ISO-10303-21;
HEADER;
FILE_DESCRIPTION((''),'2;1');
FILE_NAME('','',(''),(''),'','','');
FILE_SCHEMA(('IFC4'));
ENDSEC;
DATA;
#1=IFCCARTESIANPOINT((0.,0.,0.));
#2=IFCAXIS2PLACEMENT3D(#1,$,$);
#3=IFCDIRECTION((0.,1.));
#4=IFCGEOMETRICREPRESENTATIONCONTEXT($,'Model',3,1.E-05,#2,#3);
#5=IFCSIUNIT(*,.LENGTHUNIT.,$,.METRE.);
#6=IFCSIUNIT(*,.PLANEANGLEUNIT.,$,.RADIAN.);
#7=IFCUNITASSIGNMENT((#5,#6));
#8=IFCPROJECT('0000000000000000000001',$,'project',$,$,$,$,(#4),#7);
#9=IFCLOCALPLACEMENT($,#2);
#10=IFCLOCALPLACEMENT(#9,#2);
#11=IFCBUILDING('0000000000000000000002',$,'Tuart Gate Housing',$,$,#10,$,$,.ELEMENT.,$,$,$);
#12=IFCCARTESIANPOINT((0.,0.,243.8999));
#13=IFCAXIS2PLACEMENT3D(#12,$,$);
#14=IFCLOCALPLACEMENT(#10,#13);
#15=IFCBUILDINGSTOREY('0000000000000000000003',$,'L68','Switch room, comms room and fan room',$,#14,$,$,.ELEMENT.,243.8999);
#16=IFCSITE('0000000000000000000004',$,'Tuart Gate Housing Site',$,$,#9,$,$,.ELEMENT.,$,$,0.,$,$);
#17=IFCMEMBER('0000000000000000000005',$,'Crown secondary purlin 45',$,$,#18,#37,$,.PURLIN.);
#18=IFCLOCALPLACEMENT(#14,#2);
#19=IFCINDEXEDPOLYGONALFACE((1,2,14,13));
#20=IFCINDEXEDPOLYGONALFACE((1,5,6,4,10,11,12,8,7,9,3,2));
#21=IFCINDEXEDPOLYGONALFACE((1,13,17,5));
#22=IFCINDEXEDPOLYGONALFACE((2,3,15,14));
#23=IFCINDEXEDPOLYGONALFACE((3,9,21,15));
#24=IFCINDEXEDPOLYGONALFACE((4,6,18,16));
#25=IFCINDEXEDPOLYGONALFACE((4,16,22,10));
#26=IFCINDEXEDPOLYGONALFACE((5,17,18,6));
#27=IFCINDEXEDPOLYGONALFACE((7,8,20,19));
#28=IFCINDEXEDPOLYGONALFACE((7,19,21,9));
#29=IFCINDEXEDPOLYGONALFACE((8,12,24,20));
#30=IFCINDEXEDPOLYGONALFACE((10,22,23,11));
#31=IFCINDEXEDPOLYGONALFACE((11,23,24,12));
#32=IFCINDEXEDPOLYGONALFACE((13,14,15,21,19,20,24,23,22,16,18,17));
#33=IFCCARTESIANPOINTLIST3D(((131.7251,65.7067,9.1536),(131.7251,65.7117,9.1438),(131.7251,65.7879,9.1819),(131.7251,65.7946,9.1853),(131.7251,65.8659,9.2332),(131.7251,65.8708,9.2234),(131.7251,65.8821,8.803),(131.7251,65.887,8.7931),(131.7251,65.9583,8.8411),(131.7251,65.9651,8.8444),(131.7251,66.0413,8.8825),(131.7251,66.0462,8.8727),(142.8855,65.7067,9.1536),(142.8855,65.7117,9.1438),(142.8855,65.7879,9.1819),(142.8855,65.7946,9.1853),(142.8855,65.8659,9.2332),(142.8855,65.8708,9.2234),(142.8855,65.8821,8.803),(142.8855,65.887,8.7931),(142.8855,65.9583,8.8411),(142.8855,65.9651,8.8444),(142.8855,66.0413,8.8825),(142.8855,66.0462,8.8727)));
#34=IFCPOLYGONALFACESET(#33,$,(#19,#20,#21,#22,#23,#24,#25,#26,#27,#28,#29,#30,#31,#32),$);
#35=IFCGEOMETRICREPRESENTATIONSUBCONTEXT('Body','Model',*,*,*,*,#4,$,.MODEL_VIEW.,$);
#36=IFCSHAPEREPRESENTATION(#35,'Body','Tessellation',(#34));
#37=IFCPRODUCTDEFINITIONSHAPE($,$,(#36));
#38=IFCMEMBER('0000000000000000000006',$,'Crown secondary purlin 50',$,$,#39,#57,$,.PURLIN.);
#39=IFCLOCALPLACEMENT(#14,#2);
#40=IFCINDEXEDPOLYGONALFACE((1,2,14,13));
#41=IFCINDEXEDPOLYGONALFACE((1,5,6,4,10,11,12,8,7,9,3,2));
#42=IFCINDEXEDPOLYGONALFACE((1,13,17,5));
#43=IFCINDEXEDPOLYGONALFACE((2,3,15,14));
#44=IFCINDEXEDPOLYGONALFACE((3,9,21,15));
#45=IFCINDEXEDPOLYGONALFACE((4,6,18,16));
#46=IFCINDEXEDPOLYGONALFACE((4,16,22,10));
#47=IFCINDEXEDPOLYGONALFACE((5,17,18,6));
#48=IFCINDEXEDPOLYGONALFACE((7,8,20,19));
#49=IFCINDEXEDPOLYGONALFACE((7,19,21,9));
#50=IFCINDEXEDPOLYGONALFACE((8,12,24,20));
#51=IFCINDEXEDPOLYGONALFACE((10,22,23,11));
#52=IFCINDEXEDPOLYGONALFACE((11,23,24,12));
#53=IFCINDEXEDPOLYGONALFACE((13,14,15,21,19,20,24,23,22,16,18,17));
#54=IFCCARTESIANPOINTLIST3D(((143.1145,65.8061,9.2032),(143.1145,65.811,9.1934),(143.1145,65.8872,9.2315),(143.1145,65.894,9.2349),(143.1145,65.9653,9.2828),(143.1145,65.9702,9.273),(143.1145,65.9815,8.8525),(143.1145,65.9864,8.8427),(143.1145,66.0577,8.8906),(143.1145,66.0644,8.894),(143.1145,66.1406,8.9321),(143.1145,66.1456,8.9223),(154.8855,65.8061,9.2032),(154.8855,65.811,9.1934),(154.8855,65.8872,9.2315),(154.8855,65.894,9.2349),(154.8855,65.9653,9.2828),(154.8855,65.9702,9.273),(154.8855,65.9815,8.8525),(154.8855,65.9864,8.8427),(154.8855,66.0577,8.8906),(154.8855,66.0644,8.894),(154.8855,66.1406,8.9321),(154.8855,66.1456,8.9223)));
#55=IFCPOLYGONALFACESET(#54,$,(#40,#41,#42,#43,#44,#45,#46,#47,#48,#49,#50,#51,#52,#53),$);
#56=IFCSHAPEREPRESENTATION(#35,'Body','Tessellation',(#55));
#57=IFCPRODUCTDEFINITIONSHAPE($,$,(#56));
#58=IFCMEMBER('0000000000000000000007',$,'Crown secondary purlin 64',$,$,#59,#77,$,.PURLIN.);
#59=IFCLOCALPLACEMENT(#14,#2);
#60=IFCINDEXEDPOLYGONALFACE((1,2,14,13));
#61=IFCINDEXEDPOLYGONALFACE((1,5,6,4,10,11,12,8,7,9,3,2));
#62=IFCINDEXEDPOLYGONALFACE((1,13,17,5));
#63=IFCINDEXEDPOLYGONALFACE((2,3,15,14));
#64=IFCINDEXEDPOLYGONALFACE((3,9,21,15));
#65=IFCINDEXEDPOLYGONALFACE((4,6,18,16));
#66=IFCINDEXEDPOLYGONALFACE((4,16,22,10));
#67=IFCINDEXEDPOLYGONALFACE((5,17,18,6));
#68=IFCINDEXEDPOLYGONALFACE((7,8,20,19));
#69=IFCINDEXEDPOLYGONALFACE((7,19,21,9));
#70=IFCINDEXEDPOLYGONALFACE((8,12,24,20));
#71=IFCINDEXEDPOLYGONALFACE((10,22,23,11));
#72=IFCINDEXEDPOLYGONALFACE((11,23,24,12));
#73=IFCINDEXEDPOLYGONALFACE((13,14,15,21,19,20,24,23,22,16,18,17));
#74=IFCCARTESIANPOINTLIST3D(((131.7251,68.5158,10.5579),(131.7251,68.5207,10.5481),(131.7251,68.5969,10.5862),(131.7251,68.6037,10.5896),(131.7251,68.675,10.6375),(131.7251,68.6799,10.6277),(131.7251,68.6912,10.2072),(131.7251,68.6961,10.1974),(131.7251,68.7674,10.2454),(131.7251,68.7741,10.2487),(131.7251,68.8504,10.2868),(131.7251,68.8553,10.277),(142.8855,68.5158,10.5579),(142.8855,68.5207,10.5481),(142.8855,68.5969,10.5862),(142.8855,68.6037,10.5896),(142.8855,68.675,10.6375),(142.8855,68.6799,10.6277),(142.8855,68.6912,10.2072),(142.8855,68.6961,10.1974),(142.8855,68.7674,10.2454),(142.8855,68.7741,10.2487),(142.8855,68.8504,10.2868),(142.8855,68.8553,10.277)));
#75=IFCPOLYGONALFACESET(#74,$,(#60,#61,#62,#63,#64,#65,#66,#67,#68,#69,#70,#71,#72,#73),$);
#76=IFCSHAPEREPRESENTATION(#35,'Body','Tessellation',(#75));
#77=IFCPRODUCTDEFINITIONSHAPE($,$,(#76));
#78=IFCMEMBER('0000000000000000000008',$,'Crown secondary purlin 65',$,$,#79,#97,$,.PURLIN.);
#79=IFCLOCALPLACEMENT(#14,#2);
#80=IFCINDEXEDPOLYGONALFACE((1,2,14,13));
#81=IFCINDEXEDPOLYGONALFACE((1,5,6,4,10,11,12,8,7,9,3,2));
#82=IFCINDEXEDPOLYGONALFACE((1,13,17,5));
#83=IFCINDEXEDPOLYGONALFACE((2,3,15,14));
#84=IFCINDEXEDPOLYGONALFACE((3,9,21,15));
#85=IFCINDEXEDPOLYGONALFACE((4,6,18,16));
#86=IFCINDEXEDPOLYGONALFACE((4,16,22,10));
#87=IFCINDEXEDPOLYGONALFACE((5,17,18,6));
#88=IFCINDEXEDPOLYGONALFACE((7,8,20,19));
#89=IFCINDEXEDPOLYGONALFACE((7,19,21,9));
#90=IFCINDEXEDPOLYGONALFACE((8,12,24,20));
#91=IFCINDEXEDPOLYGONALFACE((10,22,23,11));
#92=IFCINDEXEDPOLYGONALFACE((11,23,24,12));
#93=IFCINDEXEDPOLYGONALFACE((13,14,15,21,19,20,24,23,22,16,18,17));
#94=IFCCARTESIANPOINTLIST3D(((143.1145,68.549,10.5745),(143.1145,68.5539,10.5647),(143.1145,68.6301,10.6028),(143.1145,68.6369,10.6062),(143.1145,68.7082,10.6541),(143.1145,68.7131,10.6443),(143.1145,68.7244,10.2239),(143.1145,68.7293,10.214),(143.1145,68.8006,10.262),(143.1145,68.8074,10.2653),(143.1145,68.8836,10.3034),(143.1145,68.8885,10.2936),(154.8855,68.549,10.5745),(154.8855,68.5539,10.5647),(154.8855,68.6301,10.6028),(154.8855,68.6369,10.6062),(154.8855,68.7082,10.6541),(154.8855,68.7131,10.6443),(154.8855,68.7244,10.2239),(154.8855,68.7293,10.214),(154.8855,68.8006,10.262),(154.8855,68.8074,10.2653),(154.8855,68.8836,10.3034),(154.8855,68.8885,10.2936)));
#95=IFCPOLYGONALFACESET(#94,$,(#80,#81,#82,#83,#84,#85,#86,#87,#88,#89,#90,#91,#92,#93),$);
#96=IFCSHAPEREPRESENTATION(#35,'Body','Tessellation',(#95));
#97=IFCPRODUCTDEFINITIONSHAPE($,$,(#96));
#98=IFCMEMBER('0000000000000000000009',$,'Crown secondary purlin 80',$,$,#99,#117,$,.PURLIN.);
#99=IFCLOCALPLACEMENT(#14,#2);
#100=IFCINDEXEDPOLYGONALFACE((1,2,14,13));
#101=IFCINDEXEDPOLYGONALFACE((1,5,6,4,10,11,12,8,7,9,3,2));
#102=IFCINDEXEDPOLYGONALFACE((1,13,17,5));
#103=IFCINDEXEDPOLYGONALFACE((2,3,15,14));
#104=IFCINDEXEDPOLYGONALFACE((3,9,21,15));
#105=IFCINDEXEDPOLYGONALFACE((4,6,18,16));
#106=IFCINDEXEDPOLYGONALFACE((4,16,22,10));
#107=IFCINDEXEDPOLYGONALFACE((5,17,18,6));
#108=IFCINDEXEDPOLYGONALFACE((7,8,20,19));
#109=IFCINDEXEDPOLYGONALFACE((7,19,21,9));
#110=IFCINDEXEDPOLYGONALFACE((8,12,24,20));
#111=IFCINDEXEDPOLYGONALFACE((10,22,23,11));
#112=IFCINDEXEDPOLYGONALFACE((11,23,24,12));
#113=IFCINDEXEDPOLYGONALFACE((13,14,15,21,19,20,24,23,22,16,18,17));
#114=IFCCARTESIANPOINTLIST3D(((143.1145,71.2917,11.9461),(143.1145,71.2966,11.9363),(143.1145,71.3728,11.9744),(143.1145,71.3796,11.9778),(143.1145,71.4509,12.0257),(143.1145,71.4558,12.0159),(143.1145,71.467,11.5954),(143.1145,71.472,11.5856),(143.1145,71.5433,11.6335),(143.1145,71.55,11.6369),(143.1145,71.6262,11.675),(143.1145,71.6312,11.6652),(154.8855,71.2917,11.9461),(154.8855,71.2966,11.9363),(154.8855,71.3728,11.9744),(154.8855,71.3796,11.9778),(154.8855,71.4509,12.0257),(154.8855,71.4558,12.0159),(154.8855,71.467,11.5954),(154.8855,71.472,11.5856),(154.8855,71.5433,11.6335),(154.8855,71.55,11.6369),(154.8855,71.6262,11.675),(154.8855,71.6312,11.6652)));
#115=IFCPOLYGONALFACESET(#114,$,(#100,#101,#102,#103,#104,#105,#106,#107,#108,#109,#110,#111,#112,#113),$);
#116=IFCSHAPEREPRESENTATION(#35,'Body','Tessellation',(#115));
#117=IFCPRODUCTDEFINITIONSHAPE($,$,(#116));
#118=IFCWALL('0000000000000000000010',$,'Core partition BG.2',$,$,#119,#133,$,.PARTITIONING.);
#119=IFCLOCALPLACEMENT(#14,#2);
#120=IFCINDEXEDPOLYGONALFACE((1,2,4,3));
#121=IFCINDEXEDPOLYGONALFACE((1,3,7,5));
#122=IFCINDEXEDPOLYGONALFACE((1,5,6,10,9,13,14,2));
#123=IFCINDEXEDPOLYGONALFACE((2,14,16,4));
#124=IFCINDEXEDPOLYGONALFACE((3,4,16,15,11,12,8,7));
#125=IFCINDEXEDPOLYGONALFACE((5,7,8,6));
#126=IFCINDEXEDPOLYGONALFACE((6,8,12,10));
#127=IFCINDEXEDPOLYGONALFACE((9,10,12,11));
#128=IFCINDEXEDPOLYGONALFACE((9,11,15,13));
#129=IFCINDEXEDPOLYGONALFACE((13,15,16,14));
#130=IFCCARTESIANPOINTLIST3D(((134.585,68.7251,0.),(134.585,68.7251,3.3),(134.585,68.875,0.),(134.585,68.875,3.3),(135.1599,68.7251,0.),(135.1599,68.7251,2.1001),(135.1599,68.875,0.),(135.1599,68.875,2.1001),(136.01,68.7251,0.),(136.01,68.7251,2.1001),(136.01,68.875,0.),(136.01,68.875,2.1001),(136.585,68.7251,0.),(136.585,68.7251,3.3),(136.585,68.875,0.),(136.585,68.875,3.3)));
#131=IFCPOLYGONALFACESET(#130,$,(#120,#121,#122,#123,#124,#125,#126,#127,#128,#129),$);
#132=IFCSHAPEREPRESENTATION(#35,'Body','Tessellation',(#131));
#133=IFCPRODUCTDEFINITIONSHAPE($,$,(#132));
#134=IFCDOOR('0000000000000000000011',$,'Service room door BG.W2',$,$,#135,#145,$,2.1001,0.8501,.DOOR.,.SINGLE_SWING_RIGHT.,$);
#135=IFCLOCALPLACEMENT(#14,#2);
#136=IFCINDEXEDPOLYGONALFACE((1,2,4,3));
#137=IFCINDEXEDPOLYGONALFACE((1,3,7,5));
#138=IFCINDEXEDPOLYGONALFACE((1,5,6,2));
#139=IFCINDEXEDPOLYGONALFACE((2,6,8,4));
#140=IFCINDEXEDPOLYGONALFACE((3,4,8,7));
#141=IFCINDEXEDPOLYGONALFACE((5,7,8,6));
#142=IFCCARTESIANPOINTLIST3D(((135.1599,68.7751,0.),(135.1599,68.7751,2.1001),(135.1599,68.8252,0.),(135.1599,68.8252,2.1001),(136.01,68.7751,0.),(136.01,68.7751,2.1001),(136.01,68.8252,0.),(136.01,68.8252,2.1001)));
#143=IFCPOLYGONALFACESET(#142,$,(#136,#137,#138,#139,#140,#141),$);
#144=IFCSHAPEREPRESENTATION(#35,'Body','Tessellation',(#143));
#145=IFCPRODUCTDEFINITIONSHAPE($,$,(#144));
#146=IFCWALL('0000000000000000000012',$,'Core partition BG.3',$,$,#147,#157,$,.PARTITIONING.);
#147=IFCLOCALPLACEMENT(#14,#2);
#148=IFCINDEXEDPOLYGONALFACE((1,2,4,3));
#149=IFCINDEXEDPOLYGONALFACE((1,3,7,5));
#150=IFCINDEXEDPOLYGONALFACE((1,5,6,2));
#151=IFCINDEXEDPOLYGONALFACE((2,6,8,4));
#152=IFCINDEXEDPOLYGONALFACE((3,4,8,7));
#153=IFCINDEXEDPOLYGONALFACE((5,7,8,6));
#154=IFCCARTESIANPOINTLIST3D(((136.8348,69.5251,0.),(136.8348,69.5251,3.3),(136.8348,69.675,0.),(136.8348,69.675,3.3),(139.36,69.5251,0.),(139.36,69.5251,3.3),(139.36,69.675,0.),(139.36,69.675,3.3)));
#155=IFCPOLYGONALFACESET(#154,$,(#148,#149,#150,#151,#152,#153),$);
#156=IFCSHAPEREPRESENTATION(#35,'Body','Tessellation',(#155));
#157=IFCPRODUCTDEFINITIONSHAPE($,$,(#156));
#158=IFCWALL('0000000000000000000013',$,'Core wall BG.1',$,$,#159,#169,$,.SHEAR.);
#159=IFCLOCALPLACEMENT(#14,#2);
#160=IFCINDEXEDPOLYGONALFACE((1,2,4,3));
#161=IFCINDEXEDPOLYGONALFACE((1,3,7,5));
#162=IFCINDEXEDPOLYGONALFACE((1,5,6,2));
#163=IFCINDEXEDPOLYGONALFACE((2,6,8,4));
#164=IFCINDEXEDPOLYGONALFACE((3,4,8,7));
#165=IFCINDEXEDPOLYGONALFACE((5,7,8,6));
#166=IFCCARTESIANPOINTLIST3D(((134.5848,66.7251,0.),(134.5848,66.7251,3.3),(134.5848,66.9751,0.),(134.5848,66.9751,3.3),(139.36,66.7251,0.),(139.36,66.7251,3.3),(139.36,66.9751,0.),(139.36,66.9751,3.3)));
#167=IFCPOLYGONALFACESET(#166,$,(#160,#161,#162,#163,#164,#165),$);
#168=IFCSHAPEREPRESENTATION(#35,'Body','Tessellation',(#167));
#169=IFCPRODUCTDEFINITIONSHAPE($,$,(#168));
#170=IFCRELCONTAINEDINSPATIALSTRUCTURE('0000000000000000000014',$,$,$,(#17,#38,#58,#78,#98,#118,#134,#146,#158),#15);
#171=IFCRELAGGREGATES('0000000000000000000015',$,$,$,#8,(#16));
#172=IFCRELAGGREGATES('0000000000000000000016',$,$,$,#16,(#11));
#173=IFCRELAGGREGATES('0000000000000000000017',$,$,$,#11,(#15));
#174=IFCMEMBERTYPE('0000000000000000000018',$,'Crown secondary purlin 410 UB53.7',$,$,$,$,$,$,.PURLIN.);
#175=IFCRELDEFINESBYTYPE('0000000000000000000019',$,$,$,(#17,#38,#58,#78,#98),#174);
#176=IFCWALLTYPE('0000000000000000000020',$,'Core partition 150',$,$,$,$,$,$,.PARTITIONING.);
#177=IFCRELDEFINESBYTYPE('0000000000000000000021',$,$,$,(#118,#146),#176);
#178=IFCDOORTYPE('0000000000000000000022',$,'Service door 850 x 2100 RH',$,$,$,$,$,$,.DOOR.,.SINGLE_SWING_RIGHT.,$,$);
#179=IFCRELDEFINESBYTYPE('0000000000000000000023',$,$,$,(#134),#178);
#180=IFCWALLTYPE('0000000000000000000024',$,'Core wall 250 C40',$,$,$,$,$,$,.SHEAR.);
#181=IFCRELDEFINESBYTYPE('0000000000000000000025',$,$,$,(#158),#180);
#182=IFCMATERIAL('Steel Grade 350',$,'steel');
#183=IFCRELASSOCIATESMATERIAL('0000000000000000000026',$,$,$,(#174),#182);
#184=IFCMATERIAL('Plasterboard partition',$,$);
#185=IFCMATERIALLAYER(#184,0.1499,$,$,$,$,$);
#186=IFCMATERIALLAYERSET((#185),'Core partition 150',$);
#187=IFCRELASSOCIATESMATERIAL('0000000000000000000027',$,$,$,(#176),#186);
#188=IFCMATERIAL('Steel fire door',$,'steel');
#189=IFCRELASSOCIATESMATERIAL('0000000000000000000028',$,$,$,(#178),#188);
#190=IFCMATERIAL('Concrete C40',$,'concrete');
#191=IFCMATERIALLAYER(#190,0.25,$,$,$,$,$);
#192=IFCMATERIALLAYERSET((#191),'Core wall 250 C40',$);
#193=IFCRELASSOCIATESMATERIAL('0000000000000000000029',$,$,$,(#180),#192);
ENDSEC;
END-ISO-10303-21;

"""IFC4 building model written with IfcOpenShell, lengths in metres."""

from ifc_helpers import new_model, si_unit, direction, frame, frame_2d, origin, origin_2d, place, context, subcontext, project, spatial, rectangle, i_section, extrude, material, layer, layer_set, material_profile, profile_set, type_object, element, fill, save


model = new_model("IFC4")

# Units and contexts
model_context = context("Model", 3, precision=1e-05, world=origin(), true_north=direction((0.0, 1.0)))
body_context = subcontext(model_context, "Body", "Model", "MODEL_VIEW")
ifc_project = project(units=[si_unit("LENGTHUNIT", "METRE"), si_unit("PLANEANGLEUNIT", "RADIAN")], contexts=[model_context])

# Site, building, storey
site_placement = place(None, origin())
site = spatial("IfcSite", under=ifc_project, at=site_placement, Name="Tuart Gate Housing Site", CompositionType="ELEMENT", RefElevation=0.0)
building_placement = place(site_placement, origin())
building = spatial("IfcBuilding", under=site, at=building_placement, Name="Tuart Gate Housing", CompositionType="ELEMENT")
storey_placement = place(building_placement, frame((0.0, 0.0, 243.8999)))
storey = spatial("IfcBuildingStorey", under=building, at=storey_placement, Name="L68", Description="Switch room, comms room and fan room", CompositionType="ELEMENT", Elevation=243.8999)

# Members
ifc_material_1 = material(Name="Steel Grade 350", Category="steel")
ifc_material_profile = material_profile(ifc_material_1, i_section(OverallWidth=0.178, OverallDepth=0.4031, WebThickness=0.0076, FlangeThickness=0.011, at=origin_2d()), Name="410UB53.7")
ifc_profile_set = profile_set([ifc_material_profile], Name="Steel Grade 350")
member_type = type_object("IfcMemberType", Name="Crown secondary purlin 410 UB53.7", PredefinedType="PURLIN", material=ifc_profile_set)
member_1_placement = place(storey_placement, frame((131.7251, 65.8765, 9.0132), z_axis=(1.0, 0.0, 0.0), x_axis=(0.0, 0.894427, 0.447214)))
element("IfcMember", 1, at=member_1_placement, inside=storey, type_object=member_type, Name="Crown secondary purlin 45", PredefinedType="PURLIN", context=body_context, shape_type="SweptSolid", body=[
    extrude(i_section(OverallWidth=0.178, OverallDepth=0.4031, WebThickness=0.0076, FlangeThickness=0.011, at=origin_2d()), origin(), (0.0, 0.0, 1.0), 11.1604),
])
member_2_placement = place(storey_placement, frame((143.1145, 65.9758, 9.0627), z_axis=(1.0, 0.0, 0.0), x_axis=(0.0, 0.894427, 0.447214)))
element("IfcMember", 2, at=member_2_placement, inside=storey, type_object=member_type, Name="Crown secondary purlin 50", PredefinedType="PURLIN", context=body_context, shape_type="SweptSolid", body=[
    extrude(i_section(OverallWidth=0.178, OverallDepth=0.4031, WebThickness=0.0076, FlangeThickness=0.011, at=origin_2d()), origin(), (0.0, 0.0, 1.0), 11.771),
])
member_3_placement = place(storey_placement, frame((131.7251, 68.6855, 10.4175), z_axis=(1.0, 0.0, 0.0), x_axis=(0.0, 0.894427, 0.447214)))
element("IfcMember", 3, at=member_3_placement, inside=storey, type_object=member_type, Name="Crown secondary purlin 64", PredefinedType="PURLIN", context=body_context, shape_type="SweptSolid", body=[
    extrude(i_section(OverallWidth=0.178, OverallDepth=0.4031, WebThickness=0.0076, FlangeThickness=0.011, at=origin_2d()), origin(), (0.0, 0.0, 1.0), 11.1604),
])
for number, where, z_axis, x_axis, name in (
    (4, (143.1145, 68.7188, 10.4341), (1.0, 0.0, 0.0), (0.0, 0.894427, 0.447214), "Crown secondary purlin 65"),
    (5, (143.1145, 71.4614, 11.8057), (1.0, 0.0, 0.0), (0.0, 0.894427, 0.447214), "Crown secondary purlin 80"),
):
    element("IfcMember", number, at=place(storey_placement, frame(where, z_axis=z_axis, x_axis=x_axis)), inside=storey, type_object=member_type, Name=name, PredefinedType="PURLIN", context=body_context, shape_type="SweptSolid", body=[
        extrude(i_section(OverallWidth=0.178, OverallDepth=0.4031, WebThickness=0.0076, FlangeThickness=0.011, at=origin_2d()), origin(), (0.0, 0.0, 1.0), 11.771),
    ])

# Wall, opening, door
ifc_material_2 = material(Name="Plasterboard partition")
ifc_layer_1 = layer(ifc_material_2, 0.1499)
ifc_layer_set_1 = layer_set([ifc_layer_1], Name="Core partition 150")
wall_type_1 = type_object("IfcWallType", Name="Core partition 150", PredefinedType="PARTITIONING", material=ifc_layer_set_1)
wall_1_placement = place(storey_placement, frame((136.585, 68.8, 0.0), z_axis=(0.0, 0.0, 1.0), x_axis=(-1.0, 0.0, 0.0)))
wall_1 = element("IfcWall", 6, at=wall_1_placement, inside=storey, type_object=wall_type_1, Name="Core partition BG.2", PredefinedType="PARTITIONING", context=body_context, shape_type="SweptSolid", body=[
    extrude(rectangle(XDim=2.0, YDim=0.1499, at=frame_2d((1.0, 0.0))), origin(), (0.0, 0.0, 1.0), 3.3),
])
opening_1_placement = place(wall_1_placement, frame((0.575, 0.0, 0.0)))
opening_1 = element("IfcOpeningElement", 7, at=opening_1_placement, cuts=wall_1, PredefinedType="OPENING", context=body_context, shape_type="SweptSolid", body=[
    extrude(rectangle(XDim=0.8501, YDim=2.1001, at=frame_2d((0.425, 1.05))), frame((0.0, 0.085, 0.0), z_axis=(0.0, -1.0, 0.0), x_axis=(1.0, 0.0, 0.0)), (0.0, 0.0, 1.0), 0.1699),
])
ifc_material_3 = material(Name="Steel fire door", Category="steel")
door_type_1 = type_object("IfcDoorType", Name="Service door 850 x 2100 RH", OperationType="SINGLE_SWING_RIGHT", PredefinedType="DOOR", material=ifc_material_3)
door_1_placement = place(opening_1_placement, frame((0.8501, 0.0, 0.0), z_axis=(0.0, 0.0, 1.0), x_axis=(-1.0, 0.0, 0.0)))
door_1 = element("IfcDoor", 8, at=door_1_placement, inside=storey, type_object=door_type_1, Name="Service room door BG.W2", OperationType="SINGLE_SWING_RIGHT", OverallHeight=2.1001, OverallWidth=0.8501, PredefinedType="DOOR", context=body_context, shape_type="SweptSolid", body=[
    extrude(rectangle(XDim=0.8501, YDim=2.1001, at=frame_2d((0.425, 1.05))), frame((0.0, 0.0251, 0.0), z_axis=(0.0, -1.0, 0.0), x_axis=(1.0, 0.0, 0.0)), (0.0, 0.0, 1.0), 0.05),
])
fill(opening_1, door_1)

# Walls
wall_2_placement = place(storey_placement, frame((139.3601, 69.6001, 0.0), z_axis=(0.0, 0.0, 1.0), x_axis=(-1.0, 0.0, 0.0)))
element("IfcWall", 9, at=wall_2_placement, inside=storey, type_object=wall_type_1, Name="Core partition BG.3", PredefinedType="PARTITIONING", context=body_context, shape_type="SweptSolid", body=[
    extrude(rectangle(XDim=2.5251, YDim=0.1499, at=frame_2d((1.2627, 0.0))), origin(), (0.0, 0.0, 1.0), 3.3),
])
ifc_material_4 = material(Name="Concrete C40", Category="concrete")
ifc_layer_2 = layer(ifc_material_4, 0.25)
ifc_layer_set_2 = layer_set([ifc_layer_2], Name="Core wall 250 C40")
wall_type_2 = type_object("IfcWallType", Name="Core wall 250 C40", PredefinedType="SHEAR", material=ifc_layer_set_2)
wall_3_placement = place(storey_placement, frame((139.3601, 66.8501, 0.0), z_axis=(0.0, 0.0, 1.0), x_axis=(-1.0, 0.0, 0.0)))
element("IfcWall", 10, at=wall_3_placement, inside=storey, type_object=wall_type_2, Name="Core wall BG.1", PredefinedType="SHEAR", context=body_context, shape_type="SweptSolid", body=[
    extrude(rectangle(XDim=4.7751, YDim=0.25, at=frame_2d((2.3877, 0.0))), origin(), (0.0, 0.0, 1.0), 3.3),
])

save(model, "model.ifc")
